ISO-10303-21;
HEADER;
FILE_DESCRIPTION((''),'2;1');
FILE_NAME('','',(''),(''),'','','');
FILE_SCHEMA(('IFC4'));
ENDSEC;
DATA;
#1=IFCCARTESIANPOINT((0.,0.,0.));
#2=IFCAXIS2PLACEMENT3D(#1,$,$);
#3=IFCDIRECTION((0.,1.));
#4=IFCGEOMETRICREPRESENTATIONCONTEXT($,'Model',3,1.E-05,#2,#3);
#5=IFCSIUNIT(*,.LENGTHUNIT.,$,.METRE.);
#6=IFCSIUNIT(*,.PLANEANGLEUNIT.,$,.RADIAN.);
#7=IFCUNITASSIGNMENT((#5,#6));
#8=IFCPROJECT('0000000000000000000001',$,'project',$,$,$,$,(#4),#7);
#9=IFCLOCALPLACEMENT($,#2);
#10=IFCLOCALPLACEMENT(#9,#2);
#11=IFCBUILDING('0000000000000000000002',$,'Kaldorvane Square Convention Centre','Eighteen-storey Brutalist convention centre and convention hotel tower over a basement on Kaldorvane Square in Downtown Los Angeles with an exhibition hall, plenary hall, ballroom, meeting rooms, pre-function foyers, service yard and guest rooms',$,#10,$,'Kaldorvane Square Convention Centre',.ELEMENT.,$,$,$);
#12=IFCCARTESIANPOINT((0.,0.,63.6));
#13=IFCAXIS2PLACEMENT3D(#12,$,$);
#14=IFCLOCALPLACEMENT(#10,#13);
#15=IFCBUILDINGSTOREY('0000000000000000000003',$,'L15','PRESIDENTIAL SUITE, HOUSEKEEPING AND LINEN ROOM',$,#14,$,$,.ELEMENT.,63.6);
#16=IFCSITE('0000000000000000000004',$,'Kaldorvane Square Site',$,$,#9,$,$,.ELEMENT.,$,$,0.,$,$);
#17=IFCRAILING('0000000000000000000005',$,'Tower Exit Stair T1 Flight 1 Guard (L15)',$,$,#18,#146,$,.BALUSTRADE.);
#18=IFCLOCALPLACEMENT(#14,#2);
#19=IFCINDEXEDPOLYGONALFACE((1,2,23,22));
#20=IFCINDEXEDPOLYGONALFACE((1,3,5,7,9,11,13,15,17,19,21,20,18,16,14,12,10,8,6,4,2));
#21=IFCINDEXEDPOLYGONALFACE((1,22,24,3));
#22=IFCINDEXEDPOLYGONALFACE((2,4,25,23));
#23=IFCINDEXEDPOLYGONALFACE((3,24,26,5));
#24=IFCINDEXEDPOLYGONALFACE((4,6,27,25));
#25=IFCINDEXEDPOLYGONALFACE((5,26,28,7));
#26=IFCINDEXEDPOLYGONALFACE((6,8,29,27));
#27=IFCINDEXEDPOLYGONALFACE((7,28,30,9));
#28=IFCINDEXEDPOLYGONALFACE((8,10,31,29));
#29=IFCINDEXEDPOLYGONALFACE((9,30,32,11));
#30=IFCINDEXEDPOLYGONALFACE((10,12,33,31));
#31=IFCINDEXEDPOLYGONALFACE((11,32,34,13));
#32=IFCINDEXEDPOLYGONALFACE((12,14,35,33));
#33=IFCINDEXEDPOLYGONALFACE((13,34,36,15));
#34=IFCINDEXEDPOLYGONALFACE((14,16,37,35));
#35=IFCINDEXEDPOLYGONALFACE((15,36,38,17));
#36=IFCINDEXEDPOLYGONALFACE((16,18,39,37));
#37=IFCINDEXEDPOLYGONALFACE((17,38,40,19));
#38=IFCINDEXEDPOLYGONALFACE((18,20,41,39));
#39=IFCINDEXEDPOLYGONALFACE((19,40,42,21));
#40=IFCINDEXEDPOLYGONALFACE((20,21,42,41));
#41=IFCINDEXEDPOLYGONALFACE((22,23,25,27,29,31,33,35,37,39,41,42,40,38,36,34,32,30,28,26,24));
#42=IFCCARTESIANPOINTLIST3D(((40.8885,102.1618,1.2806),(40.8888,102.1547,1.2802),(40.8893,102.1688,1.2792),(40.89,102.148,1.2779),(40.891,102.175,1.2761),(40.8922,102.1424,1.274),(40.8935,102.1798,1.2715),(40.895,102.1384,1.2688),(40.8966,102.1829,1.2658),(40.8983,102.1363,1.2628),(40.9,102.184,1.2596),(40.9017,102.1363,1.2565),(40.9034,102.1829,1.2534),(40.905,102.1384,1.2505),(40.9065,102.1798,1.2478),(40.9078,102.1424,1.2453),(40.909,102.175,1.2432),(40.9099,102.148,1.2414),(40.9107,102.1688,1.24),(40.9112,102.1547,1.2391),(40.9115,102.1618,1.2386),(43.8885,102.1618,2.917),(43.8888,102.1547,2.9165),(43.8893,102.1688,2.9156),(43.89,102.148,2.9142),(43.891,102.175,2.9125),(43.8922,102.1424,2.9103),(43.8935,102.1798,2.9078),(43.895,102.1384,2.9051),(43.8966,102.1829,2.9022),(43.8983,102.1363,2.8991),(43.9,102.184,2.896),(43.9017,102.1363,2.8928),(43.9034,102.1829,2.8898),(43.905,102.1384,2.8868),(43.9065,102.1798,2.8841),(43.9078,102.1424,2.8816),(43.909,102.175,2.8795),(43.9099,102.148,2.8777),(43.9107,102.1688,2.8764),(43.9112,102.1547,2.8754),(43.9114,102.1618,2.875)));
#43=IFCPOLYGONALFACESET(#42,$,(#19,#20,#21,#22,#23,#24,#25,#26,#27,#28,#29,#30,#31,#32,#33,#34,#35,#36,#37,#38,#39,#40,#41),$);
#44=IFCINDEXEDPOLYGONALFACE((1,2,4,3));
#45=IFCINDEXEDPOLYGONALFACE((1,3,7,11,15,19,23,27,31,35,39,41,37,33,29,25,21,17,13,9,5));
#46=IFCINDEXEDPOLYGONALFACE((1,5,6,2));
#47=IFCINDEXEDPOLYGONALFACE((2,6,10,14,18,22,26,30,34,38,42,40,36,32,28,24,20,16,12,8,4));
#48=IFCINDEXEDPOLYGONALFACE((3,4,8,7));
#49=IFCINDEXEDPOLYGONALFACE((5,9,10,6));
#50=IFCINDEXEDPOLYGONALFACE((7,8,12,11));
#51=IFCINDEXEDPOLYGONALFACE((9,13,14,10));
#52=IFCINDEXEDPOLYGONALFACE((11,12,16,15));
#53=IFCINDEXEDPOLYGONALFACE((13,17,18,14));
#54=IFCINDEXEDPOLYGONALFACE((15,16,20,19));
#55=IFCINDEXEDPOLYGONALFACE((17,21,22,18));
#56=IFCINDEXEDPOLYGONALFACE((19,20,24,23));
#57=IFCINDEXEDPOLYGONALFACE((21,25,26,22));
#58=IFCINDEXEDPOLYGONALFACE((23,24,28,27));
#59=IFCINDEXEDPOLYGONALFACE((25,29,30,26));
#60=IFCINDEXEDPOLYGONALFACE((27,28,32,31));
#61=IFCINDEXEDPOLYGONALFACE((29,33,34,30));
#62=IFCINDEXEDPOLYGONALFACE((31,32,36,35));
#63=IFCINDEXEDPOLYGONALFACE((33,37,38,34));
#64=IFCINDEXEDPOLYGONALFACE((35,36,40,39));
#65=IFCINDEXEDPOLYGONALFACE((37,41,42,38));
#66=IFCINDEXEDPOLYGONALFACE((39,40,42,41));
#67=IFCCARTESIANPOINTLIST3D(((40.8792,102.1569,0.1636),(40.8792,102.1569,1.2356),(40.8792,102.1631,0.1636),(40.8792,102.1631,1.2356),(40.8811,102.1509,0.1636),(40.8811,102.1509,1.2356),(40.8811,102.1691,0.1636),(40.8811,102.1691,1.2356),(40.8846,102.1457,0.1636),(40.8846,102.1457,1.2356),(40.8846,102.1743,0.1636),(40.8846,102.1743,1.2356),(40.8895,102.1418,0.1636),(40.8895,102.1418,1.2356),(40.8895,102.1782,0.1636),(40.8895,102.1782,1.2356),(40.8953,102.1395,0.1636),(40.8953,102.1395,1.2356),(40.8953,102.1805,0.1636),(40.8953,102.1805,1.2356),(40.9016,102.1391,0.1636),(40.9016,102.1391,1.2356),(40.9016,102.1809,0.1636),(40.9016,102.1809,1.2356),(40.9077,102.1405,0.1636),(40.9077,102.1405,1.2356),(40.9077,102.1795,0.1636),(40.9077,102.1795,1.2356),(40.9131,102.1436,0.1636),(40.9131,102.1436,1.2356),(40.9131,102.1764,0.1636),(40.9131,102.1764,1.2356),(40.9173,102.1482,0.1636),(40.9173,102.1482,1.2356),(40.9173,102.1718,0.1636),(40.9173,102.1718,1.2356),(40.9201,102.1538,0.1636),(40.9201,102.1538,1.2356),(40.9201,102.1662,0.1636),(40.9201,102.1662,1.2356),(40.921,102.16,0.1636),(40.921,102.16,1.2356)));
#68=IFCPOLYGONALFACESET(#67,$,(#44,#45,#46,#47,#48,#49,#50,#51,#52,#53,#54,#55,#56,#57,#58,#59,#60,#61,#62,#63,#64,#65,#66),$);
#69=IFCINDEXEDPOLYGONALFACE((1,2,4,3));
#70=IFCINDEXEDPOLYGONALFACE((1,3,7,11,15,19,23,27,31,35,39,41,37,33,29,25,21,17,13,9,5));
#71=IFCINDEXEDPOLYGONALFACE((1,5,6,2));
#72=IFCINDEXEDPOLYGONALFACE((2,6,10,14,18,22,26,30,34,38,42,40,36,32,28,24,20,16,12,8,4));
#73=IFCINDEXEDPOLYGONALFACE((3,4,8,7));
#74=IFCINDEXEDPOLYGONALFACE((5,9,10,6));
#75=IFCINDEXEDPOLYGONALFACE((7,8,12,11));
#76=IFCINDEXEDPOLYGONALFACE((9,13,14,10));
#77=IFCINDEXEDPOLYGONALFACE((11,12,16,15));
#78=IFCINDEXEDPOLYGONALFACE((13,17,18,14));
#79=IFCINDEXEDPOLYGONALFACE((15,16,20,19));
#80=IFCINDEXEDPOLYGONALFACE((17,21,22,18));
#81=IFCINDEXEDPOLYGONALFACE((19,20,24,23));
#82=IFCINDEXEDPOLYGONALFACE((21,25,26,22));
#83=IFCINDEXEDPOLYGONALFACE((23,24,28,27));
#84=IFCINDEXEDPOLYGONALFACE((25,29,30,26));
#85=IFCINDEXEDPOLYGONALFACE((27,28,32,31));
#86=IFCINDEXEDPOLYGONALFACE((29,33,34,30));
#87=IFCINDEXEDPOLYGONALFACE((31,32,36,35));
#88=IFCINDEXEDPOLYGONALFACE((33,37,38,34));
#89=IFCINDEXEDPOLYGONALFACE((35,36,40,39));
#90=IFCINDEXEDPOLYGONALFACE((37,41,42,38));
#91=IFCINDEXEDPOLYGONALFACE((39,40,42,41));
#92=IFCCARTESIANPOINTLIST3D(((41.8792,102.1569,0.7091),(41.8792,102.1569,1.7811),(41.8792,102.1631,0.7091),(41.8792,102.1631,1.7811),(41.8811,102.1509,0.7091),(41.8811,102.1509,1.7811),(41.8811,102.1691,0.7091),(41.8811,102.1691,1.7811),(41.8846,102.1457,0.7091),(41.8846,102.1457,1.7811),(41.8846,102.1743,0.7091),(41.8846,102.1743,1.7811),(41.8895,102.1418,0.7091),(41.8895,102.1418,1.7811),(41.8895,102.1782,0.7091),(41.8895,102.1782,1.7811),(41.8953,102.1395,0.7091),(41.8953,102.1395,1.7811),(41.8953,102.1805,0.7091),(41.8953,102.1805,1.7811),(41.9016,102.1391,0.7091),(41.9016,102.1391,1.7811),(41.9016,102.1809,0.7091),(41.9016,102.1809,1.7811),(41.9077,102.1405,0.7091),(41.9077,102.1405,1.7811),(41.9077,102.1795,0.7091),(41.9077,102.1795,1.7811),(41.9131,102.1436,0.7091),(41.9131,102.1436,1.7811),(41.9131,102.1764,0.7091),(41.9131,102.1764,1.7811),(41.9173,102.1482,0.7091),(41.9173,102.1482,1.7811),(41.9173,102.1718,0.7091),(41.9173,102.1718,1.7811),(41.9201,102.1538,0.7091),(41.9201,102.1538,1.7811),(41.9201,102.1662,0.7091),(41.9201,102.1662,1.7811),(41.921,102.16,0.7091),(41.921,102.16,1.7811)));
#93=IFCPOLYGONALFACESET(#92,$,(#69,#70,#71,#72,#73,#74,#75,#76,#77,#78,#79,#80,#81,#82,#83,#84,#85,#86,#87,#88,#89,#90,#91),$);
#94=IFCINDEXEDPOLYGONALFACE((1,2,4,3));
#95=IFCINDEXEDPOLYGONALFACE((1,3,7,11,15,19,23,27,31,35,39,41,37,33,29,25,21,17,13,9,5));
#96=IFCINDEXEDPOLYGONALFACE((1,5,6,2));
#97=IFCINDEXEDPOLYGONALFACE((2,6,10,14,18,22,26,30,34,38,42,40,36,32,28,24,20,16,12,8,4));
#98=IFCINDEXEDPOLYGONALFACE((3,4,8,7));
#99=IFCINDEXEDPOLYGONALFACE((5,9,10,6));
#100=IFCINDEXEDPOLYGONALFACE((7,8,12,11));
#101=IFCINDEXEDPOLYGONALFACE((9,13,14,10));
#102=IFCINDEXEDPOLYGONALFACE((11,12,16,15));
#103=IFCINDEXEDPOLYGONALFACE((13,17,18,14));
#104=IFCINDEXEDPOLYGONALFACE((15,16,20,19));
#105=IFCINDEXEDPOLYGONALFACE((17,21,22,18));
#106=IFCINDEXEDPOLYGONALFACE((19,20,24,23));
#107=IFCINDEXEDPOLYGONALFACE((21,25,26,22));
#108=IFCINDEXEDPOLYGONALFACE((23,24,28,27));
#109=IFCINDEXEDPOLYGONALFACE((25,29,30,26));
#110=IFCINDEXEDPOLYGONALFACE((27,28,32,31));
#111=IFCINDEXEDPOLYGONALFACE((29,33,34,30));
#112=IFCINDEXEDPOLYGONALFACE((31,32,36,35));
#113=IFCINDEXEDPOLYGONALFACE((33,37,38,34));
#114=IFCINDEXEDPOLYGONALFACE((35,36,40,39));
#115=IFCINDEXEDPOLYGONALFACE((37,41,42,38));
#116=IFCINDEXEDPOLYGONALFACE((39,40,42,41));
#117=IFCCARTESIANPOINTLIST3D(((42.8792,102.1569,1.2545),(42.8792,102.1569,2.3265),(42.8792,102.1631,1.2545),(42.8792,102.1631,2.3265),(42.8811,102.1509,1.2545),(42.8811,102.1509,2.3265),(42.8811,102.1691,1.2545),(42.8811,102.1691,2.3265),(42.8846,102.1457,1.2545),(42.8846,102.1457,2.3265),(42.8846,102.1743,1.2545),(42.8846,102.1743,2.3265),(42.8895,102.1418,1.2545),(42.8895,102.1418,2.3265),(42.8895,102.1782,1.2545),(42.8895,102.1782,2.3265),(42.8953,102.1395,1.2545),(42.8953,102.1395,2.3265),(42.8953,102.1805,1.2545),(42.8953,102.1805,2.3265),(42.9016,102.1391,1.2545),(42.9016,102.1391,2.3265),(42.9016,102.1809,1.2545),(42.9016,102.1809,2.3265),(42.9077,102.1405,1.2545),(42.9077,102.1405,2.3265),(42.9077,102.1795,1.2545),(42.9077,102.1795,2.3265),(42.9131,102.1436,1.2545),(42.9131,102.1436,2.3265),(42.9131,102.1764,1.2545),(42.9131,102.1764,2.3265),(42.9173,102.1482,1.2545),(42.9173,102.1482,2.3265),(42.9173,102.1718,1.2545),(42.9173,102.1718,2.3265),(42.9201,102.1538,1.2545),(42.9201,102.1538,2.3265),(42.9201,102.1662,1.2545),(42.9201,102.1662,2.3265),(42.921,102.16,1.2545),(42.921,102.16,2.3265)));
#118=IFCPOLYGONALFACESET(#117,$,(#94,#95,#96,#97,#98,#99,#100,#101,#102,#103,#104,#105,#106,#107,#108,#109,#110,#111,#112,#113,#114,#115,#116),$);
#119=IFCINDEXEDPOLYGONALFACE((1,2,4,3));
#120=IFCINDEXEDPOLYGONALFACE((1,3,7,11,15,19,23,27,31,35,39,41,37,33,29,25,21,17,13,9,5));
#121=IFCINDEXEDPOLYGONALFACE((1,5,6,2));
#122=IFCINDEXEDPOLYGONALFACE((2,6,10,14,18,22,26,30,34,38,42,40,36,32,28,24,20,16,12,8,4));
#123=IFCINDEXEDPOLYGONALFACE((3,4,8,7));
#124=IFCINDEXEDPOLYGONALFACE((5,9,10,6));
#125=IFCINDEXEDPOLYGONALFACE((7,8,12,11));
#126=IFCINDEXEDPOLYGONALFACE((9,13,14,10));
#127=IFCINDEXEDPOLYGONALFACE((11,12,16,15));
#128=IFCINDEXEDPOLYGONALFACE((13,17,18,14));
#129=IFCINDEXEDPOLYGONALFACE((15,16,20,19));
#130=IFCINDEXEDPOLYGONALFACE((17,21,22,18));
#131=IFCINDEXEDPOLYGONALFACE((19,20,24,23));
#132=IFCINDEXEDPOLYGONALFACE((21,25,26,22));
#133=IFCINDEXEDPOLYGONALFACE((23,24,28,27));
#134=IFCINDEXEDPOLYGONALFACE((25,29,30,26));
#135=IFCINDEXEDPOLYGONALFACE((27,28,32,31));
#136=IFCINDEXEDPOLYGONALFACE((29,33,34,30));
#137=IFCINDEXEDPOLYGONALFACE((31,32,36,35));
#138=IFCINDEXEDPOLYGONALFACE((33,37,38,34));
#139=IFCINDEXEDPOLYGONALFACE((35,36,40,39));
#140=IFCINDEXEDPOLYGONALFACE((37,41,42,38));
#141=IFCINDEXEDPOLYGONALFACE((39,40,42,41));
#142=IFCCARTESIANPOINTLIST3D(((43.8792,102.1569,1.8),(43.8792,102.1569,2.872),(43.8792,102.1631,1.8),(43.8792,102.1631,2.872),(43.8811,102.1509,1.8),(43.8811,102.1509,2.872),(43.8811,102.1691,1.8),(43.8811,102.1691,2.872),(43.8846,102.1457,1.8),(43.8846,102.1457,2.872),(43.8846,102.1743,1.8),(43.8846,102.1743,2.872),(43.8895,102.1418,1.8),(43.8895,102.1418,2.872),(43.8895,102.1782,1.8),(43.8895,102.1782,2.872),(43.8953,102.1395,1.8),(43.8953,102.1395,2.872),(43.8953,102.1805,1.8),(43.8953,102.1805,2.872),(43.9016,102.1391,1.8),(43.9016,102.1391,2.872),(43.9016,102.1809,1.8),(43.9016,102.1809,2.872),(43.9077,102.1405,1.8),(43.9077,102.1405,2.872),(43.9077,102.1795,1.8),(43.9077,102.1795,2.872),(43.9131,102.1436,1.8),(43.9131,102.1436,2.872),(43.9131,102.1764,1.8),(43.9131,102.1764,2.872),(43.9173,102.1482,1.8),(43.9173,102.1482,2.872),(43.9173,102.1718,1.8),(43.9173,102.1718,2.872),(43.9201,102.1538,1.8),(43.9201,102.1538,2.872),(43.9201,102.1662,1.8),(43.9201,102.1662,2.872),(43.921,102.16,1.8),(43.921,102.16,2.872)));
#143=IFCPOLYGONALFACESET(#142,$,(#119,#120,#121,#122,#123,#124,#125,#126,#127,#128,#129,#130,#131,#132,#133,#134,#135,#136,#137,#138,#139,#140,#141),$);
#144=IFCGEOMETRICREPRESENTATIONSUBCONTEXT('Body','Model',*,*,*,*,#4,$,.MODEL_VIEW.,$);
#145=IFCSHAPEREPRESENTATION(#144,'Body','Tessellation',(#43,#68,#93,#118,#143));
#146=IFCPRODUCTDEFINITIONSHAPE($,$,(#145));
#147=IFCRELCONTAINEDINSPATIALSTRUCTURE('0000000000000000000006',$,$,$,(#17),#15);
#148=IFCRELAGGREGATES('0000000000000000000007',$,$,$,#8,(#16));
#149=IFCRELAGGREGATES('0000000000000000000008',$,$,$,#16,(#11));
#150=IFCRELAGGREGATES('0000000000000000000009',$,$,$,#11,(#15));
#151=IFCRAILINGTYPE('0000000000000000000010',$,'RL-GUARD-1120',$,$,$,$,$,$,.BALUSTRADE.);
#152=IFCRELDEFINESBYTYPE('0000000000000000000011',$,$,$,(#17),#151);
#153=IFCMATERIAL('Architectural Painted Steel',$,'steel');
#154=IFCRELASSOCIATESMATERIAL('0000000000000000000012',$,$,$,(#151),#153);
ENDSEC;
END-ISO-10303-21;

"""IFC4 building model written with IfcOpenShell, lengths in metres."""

from ifc_helpers import new_model, si_unit, direction, frame, origin, origin_2d, place, context, subcontext, project, spatial, circle, extrude, material, type_object, element, save


model = new_model("IFC4")

# Units and contexts
model_context = context("Model", 3, precision=1e-05, world=origin(), true_north=direction((0.0, 1.0)))
body_context = subcontext(model_context, "Body", "Model", "MODEL_VIEW")
ifc_project = project(units=[si_unit("LENGTHUNIT", "METRE"), si_unit("PLANEANGLEUNIT", "RADIAN")], contexts=[model_context])

# Site, building, storey
site_placement = place(None, origin())
site = spatial("IfcSite", under=ifc_project, at=site_placement, Name="Kaldorvane Square Site", CompositionType="ELEMENT", RefElevation=0.0)
building_placement = place(site_placement, origin())
building = spatial("IfcBuilding", under=site, at=building_placement, Name="Kaldorvane Square Convention Centre", Description="Eighteen-storey Brutalist convention centre and convention hotel tower over a basement on Kaldorvane Square in Downtown Los Angeles with an exhibition hall, plenary hall, ballroom, meeting rooms, pre-function foyers, service yard and guest rooms", LongName="Kaldorvane Square Convention Centre", CompositionType="ELEMENT")
storey_placement = place(building_placement, frame((0.0, 0.0, 63.6)))
storey = spatial("IfcBuildingStorey", under=building, at=storey_placement, Name="L15", Description="PRESIDENTIAL SUITE, HOUSEKEEPING AND LINEN ROOM", CompositionType="ELEMENT", Elevation=63.6)

# Railing
ifc_material_1 = material(Name="Architectural Painted Steel", Category="steel")
railing_type = type_object("IfcRailingType", Name="RL-GUARD-1120", PredefinedType="BALUSTRADE", material=ifc_material_1)
railing_1_placement = place(storey_placement, frame((40.9, 102.16, 0.1636)))
element("IfcRailing", 1, at=railing_1_placement, inside=storey, type_object=railing_type, Name="Tower Exit Stair T1 Flight 1 Guard (L15)", PredefinedType="BALUSTRADE", context=body_context, shape_type="SweptSolid", body=[
    extrude(circle(Radius=0.024, at=origin_2d()), frame((0.0, 0.0, 1.096), z_axis=(0.877897, 0.0, 0.47885), x_axis=(0.0, 1.0, 0.0)), (0.0, 0.0, 1.0), 3.4173),
    extrude(circle(Radius=0.021, at=origin_2d()), origin(), (0.0, 0.0, 1.0), 1.072),
    extrude(circle(Radius=0.021, at=origin_2d()), frame((1.0, 0.0, 0.5455)), (0.0, 0.0, 1.0), 1.072),
    extrude(circle(Radius=0.021, at=origin_2d()), frame((2.0, 0.0, 1.0909)), (0.0, 0.0, 1.0), 1.072),
    extrude(circle(Radius=0.021, at=origin_2d()), frame((3.0, 0.0, 1.6364)), (0.0, 0.0, 1.0), 1.072),
])

save(model, "model.ifc")
